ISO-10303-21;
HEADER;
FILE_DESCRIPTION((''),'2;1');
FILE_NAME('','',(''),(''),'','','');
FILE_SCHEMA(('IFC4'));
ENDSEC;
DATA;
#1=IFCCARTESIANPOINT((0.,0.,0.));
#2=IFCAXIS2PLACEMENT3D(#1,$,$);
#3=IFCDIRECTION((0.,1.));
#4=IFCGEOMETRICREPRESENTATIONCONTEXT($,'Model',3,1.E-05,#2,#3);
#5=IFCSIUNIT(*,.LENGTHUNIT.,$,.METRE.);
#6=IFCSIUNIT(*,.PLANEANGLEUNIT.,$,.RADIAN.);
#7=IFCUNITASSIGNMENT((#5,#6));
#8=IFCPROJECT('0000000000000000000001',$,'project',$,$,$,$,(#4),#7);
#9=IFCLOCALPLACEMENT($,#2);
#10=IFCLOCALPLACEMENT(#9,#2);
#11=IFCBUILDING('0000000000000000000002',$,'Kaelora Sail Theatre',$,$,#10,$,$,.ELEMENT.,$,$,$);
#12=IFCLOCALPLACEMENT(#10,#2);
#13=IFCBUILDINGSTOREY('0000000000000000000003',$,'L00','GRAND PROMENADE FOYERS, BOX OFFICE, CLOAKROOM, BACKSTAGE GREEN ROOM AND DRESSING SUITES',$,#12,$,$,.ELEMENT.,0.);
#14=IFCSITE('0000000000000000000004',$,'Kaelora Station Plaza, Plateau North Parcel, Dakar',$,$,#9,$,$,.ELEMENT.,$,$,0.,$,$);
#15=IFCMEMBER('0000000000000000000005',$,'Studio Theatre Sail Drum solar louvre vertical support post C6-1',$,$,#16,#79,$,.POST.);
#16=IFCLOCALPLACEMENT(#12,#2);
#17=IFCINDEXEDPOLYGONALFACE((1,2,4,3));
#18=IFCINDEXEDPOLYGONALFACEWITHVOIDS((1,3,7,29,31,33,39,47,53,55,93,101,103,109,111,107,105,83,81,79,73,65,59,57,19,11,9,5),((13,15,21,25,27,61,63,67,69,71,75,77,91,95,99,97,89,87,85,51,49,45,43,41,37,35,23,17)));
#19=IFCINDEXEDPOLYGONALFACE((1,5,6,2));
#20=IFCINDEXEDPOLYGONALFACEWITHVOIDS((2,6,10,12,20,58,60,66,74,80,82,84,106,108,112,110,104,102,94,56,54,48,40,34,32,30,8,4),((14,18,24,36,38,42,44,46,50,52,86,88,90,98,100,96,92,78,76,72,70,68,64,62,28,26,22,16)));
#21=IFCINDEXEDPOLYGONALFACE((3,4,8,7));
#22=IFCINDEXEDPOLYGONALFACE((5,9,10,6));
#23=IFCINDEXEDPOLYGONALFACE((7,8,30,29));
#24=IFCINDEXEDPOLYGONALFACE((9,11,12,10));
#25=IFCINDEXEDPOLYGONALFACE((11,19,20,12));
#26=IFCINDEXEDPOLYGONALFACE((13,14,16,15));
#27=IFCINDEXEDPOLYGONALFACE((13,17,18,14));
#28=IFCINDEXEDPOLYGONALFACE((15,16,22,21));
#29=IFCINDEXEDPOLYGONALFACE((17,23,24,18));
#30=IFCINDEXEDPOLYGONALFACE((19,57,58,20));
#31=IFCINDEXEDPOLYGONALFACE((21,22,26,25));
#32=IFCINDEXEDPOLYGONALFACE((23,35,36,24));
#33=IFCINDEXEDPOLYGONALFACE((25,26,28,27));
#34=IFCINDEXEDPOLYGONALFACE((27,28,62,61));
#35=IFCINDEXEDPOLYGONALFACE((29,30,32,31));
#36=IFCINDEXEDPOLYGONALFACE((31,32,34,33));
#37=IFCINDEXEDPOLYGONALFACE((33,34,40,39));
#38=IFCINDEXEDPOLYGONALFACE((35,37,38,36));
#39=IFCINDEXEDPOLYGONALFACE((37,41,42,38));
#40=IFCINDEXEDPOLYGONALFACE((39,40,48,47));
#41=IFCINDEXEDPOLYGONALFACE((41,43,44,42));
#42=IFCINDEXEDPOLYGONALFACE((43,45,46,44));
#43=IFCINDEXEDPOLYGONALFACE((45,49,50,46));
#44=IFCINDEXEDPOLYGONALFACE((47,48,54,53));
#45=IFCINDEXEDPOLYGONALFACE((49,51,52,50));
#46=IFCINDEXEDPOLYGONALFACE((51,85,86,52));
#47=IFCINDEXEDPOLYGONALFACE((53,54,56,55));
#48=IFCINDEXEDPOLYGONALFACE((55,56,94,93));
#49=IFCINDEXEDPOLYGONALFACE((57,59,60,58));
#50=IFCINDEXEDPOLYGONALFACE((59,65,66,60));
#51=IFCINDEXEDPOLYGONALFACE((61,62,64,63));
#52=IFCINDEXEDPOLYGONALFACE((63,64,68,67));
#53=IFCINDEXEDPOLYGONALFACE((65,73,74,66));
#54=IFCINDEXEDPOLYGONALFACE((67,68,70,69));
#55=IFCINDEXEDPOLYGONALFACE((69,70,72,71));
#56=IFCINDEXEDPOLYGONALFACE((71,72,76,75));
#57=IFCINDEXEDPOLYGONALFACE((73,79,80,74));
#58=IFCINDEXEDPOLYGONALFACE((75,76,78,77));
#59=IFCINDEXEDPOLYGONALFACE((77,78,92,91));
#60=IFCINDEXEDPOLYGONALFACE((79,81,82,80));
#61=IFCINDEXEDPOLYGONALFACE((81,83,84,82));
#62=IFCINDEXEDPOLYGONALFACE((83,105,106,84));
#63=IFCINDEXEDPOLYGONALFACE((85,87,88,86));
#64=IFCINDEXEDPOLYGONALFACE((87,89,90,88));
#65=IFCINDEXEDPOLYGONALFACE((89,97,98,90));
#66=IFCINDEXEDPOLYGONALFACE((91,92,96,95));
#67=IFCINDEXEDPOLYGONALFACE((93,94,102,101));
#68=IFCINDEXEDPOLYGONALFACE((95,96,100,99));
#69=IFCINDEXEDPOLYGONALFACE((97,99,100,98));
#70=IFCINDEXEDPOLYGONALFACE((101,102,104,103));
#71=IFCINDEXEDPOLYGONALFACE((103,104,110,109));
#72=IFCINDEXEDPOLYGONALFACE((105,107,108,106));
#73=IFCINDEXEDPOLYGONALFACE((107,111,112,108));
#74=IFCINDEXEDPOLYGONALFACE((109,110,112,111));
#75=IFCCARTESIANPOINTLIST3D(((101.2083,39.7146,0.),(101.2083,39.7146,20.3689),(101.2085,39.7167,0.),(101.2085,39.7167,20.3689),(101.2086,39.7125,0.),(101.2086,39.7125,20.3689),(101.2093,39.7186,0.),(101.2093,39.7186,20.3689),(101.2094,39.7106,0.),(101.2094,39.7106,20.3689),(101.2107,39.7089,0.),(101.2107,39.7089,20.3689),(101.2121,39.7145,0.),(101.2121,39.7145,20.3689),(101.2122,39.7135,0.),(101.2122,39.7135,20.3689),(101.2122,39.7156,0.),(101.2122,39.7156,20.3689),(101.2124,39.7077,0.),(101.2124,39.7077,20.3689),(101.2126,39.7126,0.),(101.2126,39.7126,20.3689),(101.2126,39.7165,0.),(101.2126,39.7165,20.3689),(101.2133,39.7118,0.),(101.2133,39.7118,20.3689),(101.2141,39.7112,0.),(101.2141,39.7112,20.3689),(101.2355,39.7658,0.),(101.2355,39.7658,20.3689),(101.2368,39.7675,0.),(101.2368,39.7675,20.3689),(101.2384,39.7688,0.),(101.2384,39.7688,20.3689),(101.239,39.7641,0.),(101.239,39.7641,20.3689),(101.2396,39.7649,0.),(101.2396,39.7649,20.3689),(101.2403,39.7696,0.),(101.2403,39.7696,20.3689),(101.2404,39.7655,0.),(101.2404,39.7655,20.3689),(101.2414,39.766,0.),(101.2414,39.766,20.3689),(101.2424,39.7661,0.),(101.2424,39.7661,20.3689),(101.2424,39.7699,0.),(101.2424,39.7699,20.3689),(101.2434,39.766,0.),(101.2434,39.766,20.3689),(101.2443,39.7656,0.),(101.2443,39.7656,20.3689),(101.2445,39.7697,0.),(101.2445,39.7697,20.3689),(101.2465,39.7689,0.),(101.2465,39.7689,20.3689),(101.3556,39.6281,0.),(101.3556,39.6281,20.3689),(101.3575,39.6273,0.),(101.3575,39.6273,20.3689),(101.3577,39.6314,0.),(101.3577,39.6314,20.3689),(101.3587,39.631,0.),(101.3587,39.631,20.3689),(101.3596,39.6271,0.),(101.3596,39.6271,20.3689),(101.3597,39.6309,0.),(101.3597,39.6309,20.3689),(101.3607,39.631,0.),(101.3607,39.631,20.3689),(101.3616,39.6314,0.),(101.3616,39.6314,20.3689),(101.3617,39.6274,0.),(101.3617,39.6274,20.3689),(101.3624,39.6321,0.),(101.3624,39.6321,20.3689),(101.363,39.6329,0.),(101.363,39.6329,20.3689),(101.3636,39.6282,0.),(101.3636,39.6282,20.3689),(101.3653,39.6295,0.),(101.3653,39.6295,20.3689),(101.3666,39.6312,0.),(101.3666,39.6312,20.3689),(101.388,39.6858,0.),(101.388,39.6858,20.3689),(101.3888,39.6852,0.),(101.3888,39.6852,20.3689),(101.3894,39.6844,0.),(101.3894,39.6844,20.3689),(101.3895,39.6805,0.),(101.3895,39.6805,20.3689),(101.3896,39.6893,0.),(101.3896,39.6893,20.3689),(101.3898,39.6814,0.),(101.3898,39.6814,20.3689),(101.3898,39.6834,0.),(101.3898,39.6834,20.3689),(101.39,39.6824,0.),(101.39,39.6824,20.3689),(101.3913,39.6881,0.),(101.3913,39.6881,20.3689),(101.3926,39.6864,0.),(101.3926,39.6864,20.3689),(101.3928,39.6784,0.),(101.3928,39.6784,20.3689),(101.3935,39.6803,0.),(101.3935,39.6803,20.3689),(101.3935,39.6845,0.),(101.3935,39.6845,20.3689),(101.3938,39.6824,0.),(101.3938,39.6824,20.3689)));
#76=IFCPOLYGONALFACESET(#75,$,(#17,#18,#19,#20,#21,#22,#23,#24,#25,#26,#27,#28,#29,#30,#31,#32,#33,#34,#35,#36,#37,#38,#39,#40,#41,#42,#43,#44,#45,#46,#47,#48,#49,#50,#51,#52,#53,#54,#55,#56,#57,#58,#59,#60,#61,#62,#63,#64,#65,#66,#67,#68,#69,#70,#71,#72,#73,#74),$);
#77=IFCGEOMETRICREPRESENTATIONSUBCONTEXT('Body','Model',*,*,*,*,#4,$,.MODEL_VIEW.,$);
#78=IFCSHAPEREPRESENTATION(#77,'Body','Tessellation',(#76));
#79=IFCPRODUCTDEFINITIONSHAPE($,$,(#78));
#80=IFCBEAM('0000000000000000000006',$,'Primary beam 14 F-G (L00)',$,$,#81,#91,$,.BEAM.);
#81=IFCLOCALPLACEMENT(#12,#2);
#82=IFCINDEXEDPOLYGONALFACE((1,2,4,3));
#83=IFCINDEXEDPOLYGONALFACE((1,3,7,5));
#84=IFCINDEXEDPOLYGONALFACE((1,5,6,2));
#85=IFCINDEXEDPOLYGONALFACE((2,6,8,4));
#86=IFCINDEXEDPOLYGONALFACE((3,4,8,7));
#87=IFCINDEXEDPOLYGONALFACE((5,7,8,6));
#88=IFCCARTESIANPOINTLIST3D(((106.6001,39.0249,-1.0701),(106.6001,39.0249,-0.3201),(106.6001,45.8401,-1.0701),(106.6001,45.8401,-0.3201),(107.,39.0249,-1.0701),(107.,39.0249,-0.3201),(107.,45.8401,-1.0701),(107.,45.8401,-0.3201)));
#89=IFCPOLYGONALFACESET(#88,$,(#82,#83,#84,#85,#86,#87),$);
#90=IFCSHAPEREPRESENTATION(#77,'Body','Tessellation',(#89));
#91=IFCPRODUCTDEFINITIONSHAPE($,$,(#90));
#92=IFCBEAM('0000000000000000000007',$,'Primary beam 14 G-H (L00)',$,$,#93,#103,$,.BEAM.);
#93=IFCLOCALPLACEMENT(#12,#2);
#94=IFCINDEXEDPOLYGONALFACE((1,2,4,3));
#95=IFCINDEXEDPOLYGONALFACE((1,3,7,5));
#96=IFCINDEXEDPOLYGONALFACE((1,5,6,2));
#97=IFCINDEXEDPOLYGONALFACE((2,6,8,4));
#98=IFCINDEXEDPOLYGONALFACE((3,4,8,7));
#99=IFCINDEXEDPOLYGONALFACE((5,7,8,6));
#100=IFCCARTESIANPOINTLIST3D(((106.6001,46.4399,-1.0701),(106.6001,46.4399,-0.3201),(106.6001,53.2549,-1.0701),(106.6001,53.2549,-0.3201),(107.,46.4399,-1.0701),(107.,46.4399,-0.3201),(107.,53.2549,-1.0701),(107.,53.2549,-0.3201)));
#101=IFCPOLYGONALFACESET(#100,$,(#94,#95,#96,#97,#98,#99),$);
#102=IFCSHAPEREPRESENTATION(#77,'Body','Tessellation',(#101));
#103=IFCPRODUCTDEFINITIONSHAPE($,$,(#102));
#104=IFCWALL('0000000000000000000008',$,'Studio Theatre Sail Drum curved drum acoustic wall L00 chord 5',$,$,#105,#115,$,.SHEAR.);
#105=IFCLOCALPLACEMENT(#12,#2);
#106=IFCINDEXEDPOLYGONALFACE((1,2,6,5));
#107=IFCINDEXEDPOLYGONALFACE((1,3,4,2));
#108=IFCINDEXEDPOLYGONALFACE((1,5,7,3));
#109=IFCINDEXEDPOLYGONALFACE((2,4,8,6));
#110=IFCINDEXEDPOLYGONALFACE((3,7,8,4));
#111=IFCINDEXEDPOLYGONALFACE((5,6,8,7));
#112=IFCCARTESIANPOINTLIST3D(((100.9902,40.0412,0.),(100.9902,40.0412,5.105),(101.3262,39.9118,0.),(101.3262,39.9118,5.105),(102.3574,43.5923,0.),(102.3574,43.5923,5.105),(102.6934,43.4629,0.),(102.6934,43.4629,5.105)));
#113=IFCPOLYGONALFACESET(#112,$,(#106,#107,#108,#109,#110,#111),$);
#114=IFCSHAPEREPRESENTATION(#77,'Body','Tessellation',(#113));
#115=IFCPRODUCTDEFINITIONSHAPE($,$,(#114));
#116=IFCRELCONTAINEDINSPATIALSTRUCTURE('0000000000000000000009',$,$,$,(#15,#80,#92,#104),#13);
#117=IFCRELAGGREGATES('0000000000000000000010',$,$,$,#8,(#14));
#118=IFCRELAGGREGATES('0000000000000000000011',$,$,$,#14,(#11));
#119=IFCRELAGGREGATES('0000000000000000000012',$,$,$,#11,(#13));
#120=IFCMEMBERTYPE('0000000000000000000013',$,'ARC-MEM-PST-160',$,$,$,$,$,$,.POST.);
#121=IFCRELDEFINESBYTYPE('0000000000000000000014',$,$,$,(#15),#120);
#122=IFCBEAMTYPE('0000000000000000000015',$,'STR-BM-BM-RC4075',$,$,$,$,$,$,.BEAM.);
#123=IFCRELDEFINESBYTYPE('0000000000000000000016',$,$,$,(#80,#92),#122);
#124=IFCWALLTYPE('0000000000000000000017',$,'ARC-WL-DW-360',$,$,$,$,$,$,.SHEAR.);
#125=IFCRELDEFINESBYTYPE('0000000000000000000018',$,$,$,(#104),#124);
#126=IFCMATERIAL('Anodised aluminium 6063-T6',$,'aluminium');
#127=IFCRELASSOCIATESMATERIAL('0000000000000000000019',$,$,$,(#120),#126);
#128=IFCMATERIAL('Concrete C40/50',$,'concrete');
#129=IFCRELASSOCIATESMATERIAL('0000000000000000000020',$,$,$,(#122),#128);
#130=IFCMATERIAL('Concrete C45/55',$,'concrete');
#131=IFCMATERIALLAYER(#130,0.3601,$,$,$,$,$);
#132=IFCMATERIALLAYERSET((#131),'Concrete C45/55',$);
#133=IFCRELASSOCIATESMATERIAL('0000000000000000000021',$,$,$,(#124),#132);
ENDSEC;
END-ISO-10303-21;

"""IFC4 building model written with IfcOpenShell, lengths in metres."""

from ifc_helpers import new_model, si_unit, direction, frame, frame_2d, origin, origin_2d, place, context, subcontext, project, spatial, rectangle, hollow_rectangle, extrude, material, layer, layer_set, material_profile, profile_set, type_object, element, save


model = new_model("IFC4")

# Units and contexts
model_context = context("Model", 3, precision=1e-05, world=origin(), true_north=direction((0.0, 1.0)))
body_context = subcontext(model_context, "Body", "Model", "MODEL_VIEW")
ifc_project = project(units=[si_unit("LENGTHUNIT", "METRE"), si_unit("PLANEANGLEUNIT", "RADIAN")], contexts=[model_context])

# Site, building, storey
site_placement = place(None, origin())
site = spatial("IfcSite", under=ifc_project, at=site_placement, Name="Kaelora Station Plaza, Plateau North Parcel, Dakar", CompositionType="ELEMENT", RefElevation=0.0)
building_placement = place(site_placement, origin())
building = spatial("IfcBuilding", under=site, at=building_placement, Name="Kaelora Sail Theatre", CompositionType="ELEMENT")
storey_placement = place(building_placement, origin())
storey = spatial("IfcBuildingStorey", under=building, at=storey_placement, Name="L00", Description="GRAND PROMENADE FOYERS, BOX OFFICE, CLOAKROOM, BACKSTAGE GREEN ROOM AND DRESSING SUITES", CompositionType="ELEMENT", Elevation=0.0)

# Member
ifc_material_1 = material(Name="Anodised aluminium 6063-T6", Category="aluminium")
ifc_material_profile_1 = material_profile(ifc_material_1, hollow_rectangle(XDim=0.0701, YDim=0.1799, WallThickness=0.0039, InnerFilletRadius=0.0039, OuterFilletRadius=0.0081, at=origin_2d()), Name="ALU-MULL 70x180x4")
ifc_profile_set_1 = profile_set([ifc_material_profile_1], Name="Anodised aluminium 6063-T6")
member_type_1 = type_object("IfcMemberType", Name="ARC-MEM-PST-160", PredefinedType="POST", material=ifc_profile_set_1)
member_placement = place(storey_placement, frame((101.301, 39.6985, 0.0), z_axis=(0.0, 0.0, 1.0), x_axis=(-0.485878, -0.874027, 0.0)))
element("IfcMember", 1, at=member_placement, inside=storey, type_object=member_type_1, Name="Studio Theatre Sail Drum solar louvre vertical support post C6-1", PredefinedType="POST", context=body_context, shape_type="SweptSolid", body=[
    extrude(hollow_rectangle(XDim=0.0701, YDim=0.1799, WallThickness=0.0039, InnerFilletRadius=0.0039, OuterFilletRadius=0.0081, at=origin_2d()), origin(), (0.0, 0.0, 1.0), 20.3689),
])

# Beams
ifc_material_2 = material(Name="Concrete C40/50", Category="concrete")
ifc_material_profile_2 = material_profile(ifc_material_2, rectangle(XDim=0.3999, YDim=0.75, at=origin_2d()), Name="RC-BM 400x750")
ifc_profile_set_2 = profile_set([ifc_material_profile_2], Name="Concrete C40/50")
beam_type = type_object("IfcBeamType", Name="STR-BM-BM-RC4075", PredefinedType="BEAM", material=ifc_profile_set_2)
beam_1_placement = place(storey_placement, frame((106.8, 39.0249, -0.6951), z_axis=(0.0, 1.0, 0.0), x_axis=(-1.0, 0.0, 0.0)))
element("IfcBeam", 2, at=beam_1_placement, inside=storey, type_object=beam_type, Name="Primary beam 14 F-G (L00)", PredefinedType="BEAM", context=body_context, shape_type="SweptSolid", body=[
    extrude(rectangle(XDim=0.3999, YDim=0.75, at=origin_2d()), origin(), (0.0, 0.0, 1.0), 6.8152),
])
beam_2_placement = place(storey_placement, frame((106.8, 46.4399, -0.6951), z_axis=(0.0, 1.0, 0.0), x_axis=(-1.0, 0.0, 0.0)))
element("IfcBeam", 3, at=beam_2_placement, inside=storey, type_object=beam_type, Name="Primary beam 14 G-H (L00)", PredefinedType="BEAM", context=body_context, shape_type="SweptSolid", body=[
    extrude(rectangle(XDim=0.3999, YDim=0.75, at=origin_2d()), origin(), (0.0, 0.0, 1.0), 6.8149),
])

# Wall
ifc_material_3 = material(Name="Concrete C45/55", Category="concrete")
ifc_layer = layer(ifc_material_3, 0.3601)
ifc_layer_set = layer_set([ifc_layer], Name="Concrete C45/55")
wall_type = type_object("IfcWallType", Name="ARC-WL-DW-360", PredefinedType="SHEAR", material=ifc_layer_set)
wall_placement = place(storey_placement, frame((102.5254, 43.5276, 0.0), z_axis=(0.0, 0.0, 1.0), x_axis=(-0.359302, -0.933222, 0.0)))
element("IfcWall", 4, at=wall_placement, inside=storey, type_object=wall_type, Name="Studio Theatre Sail Drum curved drum acoustic wall L00 chord 5", PredefinedType="SHEAR", context=body_context, shape_type="SweptSolid", body=[
    extrude(rectangle(XDim=3.8052, YDim=0.3601, at=frame_2d((1.9026, 0.0))), origin(), (0.0, 0.0, 1.0), 5.105),
])

save(model, "model.ifc")
